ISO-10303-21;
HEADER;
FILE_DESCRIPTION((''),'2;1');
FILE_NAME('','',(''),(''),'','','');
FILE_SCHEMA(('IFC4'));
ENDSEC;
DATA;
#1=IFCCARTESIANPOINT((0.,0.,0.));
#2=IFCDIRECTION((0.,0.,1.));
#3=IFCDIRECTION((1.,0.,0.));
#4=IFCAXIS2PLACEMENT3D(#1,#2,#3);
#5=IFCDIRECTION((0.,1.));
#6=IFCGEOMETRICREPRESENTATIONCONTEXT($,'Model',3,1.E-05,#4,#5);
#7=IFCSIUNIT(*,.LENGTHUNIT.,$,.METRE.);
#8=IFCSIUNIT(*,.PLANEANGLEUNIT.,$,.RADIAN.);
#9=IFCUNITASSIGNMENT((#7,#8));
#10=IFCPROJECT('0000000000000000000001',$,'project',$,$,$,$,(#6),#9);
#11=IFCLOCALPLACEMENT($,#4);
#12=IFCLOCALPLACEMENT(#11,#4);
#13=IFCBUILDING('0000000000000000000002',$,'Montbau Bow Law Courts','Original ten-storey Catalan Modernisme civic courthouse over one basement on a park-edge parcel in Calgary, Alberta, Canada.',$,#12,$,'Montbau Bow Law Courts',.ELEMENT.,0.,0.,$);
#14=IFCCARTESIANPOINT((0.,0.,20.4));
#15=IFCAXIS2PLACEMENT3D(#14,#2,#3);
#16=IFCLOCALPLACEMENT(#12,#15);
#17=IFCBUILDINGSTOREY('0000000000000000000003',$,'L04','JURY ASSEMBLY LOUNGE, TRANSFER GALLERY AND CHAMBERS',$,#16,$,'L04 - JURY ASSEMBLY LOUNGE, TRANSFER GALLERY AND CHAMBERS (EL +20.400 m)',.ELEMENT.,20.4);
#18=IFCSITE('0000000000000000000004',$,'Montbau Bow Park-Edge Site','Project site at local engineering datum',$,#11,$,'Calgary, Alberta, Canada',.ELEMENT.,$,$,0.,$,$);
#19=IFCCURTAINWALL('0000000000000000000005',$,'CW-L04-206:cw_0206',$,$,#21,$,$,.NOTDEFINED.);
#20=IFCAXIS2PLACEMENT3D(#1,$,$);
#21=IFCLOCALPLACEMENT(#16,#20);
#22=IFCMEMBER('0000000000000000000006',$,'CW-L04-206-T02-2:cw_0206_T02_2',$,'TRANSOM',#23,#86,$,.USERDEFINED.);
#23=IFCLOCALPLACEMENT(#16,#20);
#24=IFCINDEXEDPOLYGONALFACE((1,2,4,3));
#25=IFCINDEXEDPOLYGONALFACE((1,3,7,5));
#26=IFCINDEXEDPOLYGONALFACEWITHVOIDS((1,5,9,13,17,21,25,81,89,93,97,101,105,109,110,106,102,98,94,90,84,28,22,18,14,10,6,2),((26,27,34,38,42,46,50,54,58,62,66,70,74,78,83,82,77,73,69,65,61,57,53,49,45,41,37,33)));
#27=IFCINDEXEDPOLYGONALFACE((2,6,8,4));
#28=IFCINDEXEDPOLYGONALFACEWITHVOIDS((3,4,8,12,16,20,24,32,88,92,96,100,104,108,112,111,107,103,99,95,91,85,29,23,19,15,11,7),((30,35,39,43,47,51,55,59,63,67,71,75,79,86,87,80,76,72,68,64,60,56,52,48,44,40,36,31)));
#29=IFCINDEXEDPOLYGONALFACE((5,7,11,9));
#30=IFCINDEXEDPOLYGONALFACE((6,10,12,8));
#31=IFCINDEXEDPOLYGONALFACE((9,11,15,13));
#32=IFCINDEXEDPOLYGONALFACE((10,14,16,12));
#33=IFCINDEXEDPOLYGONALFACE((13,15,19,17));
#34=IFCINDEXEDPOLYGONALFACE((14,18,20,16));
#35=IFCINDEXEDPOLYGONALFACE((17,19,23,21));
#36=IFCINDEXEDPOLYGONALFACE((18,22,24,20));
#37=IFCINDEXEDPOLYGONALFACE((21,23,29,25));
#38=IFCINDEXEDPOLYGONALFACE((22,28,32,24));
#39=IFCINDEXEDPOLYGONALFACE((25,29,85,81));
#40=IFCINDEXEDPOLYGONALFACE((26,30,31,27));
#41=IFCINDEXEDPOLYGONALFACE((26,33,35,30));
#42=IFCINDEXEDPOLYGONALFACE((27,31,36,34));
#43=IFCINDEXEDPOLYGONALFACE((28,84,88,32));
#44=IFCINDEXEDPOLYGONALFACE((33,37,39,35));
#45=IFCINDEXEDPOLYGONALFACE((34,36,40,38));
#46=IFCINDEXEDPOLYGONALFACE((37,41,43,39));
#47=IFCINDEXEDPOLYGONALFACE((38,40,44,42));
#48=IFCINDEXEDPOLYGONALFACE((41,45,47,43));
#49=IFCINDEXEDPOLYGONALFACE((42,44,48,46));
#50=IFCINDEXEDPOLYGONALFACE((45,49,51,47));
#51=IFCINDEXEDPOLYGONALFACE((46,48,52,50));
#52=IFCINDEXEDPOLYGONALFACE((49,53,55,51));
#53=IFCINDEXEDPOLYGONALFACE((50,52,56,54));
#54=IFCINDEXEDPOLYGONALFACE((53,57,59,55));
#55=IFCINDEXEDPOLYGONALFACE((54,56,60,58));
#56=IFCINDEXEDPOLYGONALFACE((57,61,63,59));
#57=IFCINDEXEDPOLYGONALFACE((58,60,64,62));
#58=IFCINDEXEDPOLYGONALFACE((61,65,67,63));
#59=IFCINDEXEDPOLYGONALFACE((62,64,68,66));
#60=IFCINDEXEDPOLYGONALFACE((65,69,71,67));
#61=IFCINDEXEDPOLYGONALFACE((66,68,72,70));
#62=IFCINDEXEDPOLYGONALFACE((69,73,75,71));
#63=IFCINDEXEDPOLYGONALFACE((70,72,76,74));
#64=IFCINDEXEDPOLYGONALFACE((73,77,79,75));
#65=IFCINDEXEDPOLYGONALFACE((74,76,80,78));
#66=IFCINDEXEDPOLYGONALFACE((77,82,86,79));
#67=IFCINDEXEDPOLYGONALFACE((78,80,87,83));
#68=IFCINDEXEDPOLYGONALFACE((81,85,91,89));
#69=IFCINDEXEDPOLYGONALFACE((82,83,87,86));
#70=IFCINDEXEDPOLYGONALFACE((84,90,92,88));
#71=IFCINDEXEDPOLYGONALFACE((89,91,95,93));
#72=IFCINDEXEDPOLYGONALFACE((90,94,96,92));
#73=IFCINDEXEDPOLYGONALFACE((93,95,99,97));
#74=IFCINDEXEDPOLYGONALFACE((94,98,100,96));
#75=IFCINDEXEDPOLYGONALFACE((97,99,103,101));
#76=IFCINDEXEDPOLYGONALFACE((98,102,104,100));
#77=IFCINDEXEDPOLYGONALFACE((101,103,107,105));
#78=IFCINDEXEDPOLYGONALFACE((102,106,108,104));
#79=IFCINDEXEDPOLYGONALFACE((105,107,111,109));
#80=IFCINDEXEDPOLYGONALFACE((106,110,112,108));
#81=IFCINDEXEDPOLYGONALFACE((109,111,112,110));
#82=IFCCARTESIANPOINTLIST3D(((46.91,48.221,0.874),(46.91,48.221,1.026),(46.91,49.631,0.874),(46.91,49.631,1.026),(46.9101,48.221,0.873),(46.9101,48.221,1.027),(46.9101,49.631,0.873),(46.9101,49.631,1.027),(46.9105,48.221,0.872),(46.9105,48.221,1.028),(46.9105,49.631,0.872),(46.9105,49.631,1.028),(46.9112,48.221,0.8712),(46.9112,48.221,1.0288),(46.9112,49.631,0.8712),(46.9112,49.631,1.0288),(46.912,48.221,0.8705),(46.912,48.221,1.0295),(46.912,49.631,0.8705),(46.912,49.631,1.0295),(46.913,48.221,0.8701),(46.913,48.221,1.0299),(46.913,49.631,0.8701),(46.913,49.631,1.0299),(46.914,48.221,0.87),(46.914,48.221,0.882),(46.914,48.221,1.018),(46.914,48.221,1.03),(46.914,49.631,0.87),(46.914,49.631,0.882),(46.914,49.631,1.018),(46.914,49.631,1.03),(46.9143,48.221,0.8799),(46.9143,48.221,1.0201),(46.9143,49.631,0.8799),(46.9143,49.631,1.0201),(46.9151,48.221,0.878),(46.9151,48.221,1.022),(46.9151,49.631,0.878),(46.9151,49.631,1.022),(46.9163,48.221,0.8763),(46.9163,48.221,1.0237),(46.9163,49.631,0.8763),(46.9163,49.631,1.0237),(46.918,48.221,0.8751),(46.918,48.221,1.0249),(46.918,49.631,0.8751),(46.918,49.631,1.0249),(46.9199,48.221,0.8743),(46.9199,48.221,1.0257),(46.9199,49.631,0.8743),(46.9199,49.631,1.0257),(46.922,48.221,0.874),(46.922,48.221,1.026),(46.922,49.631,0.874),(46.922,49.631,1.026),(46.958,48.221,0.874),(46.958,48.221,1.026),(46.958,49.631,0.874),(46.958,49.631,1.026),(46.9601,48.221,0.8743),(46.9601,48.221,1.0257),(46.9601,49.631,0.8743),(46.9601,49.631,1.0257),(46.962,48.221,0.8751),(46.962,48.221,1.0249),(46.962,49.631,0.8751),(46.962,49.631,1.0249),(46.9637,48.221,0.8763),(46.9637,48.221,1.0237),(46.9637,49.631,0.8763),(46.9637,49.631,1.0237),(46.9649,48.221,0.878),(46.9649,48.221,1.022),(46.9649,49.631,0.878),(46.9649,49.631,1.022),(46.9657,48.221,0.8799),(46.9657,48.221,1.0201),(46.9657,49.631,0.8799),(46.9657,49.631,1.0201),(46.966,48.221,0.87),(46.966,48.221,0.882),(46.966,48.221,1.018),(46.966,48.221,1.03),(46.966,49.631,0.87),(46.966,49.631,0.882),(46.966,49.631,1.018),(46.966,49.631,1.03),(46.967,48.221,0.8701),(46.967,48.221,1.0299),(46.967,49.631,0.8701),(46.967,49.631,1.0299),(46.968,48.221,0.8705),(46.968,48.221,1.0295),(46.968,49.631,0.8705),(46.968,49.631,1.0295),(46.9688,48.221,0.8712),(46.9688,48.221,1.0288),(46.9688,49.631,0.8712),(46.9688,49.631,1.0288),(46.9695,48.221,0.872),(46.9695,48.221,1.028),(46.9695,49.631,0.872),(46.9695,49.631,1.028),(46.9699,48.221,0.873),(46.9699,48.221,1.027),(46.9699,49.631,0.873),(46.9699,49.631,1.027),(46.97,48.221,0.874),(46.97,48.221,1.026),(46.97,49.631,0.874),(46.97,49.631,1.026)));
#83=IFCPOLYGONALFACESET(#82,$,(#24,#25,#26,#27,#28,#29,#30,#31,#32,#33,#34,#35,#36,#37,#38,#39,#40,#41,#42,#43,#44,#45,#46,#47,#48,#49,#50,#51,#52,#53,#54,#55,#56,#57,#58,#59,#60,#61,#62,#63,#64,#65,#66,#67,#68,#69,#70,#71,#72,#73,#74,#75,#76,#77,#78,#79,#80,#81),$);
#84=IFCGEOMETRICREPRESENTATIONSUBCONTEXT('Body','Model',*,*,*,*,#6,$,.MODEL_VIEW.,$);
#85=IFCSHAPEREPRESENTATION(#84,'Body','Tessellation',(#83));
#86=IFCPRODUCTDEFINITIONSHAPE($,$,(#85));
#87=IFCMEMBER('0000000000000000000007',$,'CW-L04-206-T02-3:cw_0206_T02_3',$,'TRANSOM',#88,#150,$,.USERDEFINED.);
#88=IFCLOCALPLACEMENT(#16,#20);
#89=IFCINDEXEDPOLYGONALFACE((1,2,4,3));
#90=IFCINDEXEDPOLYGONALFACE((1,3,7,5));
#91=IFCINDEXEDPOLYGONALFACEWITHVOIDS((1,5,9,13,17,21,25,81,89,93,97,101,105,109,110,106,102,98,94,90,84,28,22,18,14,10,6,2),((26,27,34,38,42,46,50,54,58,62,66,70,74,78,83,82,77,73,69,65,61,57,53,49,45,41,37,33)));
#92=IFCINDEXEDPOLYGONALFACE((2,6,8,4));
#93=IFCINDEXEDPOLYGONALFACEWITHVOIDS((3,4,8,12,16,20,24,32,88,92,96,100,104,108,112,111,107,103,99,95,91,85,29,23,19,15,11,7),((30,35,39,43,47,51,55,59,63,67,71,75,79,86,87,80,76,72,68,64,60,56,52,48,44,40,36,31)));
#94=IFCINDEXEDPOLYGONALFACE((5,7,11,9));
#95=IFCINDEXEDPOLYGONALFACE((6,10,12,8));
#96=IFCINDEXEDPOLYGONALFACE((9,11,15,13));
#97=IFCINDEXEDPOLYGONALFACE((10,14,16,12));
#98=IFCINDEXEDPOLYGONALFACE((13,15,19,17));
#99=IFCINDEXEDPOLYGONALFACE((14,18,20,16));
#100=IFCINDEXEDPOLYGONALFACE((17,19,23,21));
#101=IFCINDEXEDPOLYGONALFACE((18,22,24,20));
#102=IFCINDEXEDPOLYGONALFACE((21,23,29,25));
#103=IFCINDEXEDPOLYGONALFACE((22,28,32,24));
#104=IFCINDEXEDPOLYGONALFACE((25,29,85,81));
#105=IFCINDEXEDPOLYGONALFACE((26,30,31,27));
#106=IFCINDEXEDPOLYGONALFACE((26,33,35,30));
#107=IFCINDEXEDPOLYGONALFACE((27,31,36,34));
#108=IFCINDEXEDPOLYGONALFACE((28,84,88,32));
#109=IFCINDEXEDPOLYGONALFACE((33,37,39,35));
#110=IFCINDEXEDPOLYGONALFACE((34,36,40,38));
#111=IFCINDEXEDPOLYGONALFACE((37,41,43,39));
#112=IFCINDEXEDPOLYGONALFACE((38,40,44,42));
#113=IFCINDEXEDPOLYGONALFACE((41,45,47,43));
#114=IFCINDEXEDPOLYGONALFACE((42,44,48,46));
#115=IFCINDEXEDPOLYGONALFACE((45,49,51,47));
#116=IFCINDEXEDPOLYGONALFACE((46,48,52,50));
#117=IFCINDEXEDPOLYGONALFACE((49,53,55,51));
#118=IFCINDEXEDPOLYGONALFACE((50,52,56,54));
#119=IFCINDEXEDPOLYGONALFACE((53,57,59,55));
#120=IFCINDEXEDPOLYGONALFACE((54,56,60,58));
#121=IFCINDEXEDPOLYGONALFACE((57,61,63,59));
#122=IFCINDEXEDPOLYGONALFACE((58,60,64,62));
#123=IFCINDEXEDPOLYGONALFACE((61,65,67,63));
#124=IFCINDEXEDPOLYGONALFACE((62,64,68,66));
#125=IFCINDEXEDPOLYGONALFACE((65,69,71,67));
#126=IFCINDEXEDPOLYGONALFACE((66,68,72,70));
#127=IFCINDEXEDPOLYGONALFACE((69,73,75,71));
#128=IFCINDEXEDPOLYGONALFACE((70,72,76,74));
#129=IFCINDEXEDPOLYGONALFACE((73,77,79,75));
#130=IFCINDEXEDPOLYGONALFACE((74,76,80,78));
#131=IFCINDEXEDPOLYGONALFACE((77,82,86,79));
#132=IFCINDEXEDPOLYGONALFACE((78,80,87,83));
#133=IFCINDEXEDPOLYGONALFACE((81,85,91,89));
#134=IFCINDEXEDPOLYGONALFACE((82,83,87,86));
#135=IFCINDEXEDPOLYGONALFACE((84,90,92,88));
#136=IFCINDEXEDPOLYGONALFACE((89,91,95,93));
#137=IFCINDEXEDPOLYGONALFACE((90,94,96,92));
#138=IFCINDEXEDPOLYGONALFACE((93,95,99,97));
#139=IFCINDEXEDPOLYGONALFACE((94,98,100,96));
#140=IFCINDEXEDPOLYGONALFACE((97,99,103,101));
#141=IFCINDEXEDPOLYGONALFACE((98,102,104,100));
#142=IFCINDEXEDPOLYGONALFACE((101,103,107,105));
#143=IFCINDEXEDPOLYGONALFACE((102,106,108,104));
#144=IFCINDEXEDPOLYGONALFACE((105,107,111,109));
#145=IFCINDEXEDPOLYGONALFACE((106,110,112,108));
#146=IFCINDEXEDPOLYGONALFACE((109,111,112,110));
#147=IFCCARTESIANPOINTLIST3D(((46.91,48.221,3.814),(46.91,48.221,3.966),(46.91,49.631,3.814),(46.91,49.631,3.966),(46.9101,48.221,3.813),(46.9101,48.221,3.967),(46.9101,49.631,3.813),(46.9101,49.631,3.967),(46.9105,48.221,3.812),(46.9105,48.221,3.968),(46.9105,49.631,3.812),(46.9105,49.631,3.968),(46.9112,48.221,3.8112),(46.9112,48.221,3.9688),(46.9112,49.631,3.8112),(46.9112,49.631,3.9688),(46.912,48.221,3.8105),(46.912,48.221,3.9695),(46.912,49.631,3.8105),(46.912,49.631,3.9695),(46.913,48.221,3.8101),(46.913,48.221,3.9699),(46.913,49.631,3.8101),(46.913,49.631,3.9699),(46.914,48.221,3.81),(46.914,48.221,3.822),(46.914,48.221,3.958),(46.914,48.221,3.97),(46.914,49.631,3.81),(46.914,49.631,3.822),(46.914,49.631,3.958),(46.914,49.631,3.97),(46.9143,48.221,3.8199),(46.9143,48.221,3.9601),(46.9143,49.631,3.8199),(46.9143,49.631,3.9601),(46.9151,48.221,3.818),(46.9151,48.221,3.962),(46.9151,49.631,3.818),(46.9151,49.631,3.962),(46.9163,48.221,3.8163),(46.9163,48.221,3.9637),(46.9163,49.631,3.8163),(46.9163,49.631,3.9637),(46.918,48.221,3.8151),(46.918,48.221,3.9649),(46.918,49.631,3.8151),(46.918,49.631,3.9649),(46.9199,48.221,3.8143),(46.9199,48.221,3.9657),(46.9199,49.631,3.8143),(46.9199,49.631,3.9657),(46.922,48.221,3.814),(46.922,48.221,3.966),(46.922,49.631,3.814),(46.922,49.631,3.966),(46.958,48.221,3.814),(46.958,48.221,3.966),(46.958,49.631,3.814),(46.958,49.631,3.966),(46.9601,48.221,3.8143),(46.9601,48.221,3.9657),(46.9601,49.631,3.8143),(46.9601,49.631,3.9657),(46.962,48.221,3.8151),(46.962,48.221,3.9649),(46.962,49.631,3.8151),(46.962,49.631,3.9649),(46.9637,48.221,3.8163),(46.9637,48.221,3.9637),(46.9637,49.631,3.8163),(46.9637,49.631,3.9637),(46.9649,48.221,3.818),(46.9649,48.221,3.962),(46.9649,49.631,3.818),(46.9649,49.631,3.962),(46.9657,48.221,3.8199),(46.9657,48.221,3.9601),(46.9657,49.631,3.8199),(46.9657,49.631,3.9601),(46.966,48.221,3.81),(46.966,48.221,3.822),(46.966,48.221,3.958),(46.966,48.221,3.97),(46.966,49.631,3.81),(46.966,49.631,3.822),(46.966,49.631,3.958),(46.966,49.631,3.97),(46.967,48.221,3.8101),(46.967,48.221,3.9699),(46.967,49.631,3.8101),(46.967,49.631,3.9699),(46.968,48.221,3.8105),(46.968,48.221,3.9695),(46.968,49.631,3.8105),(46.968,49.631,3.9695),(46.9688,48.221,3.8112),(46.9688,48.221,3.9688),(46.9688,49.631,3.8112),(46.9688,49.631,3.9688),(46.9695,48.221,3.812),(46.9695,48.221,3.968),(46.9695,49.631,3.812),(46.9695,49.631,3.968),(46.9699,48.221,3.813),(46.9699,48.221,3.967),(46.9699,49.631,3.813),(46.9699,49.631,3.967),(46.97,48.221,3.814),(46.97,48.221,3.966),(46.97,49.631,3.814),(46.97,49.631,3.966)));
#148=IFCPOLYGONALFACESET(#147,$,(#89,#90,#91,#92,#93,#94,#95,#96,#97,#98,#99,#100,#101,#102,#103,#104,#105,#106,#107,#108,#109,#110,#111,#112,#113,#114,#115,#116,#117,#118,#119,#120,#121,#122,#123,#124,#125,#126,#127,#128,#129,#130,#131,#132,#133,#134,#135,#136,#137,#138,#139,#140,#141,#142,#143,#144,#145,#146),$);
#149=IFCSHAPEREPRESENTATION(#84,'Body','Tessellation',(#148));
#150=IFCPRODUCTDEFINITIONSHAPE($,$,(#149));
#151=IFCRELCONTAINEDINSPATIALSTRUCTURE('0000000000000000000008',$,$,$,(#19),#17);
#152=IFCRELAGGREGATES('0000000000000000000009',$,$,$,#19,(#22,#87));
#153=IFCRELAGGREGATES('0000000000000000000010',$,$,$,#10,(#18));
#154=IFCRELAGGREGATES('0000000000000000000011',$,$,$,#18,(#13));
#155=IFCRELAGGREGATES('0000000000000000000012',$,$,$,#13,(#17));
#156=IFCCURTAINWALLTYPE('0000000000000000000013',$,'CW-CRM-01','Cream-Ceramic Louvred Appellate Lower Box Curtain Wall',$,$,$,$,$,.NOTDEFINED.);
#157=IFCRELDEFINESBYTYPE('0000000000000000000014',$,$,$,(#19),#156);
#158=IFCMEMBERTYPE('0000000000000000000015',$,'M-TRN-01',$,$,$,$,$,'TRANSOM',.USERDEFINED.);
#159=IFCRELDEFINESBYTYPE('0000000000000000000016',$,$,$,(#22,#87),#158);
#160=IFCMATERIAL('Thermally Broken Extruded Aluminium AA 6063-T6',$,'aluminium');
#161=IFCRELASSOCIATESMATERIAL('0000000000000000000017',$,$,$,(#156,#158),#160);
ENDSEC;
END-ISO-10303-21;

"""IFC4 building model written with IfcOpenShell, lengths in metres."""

from ifc_helpers import new_model, si_unit, direction, frame, origin_with_axes, origin_2d_with_axis, place, context, subcontext, project, spatial, hollow_rectangle, extrude, material, material_profile, profile_set, type_object, element, aggregate, save


model = new_model("IFC4")

# Units and contexts
model_context = context("Model", 3, precision=1e-05, world=origin_with_axes(), true_north=direction((0.0, 1.0)))
body_context = subcontext(model_context, "Body", "Model", "MODEL_VIEW")
ifc_project = project(units=[si_unit("LENGTHUNIT", "METRE"), si_unit("PLANEANGLEUNIT", "RADIAN")], contexts=[model_context])

# Site, building, storey
site_placement = place(None, origin_with_axes())
site = spatial("IfcSite", under=ifc_project, at=site_placement, Name="Montbau Bow Park-Edge Site", Description="Project site at local engineering datum", LongName="Calgary, Alberta, Canada", CompositionType="ELEMENT", RefElevation=0.0)
building_placement = place(site_placement, origin_with_axes())
building = spatial("IfcBuilding", under=site, at=building_placement, Name="Montbau Bow Law Courts", Description="Original ten-storey Catalan Modernisme civic courthouse over one basement on a park-edge parcel in Calgary, Alberta, Canada.", LongName="Montbau Bow Law Courts", CompositionType="ELEMENT", ElevationOfRefHeight=0.0, ElevationOfTerrain=0.0)
storey_placement = place(building_placement, frame((0.0, 0.0, 20.4), z_axis=(0.0, 0.0, 1.0), x_axis=(1.0, 0.0, 0.0)))
storey = spatial("IfcBuildingStorey", under=building, at=storey_placement, Name="L04", Description="JURY ASSEMBLY LOUNGE, TRANSFER GALLERY AND CHAMBERS", LongName="L04 - JURY ASSEMBLY LOUNGE, TRANSFER GALLERY AND CHAMBERS (EL +20.400 m)", CompositionType="ELEMENT", Elevation=20.4)

# Curtain wall, members
ifc_material_1 = material(Name="Thermally Broken Extruded Aluminium AA 6063-T6", Category="aluminium")
curtain_wall_type = type_object("IfcCurtainWallType", Name="CW-CRM-01", Description="Cream-Ceramic Louvred Appellate Lower Box Curtain Wall", PredefinedType="NOTDEFINED", material=ifc_material_1)
curtain_wall_1_placement = place(None, frame((46.94, 46.715, 20.4), z_axis=(0.0, 0.0, 1.0), x_axis=(1.0, 0.0, 0.0)))
curtain_wall_1 = element("IfcCurtainWall", 1, at=curtain_wall_1_placement, inside=storey, type_object=curtain_wall_type, Name="CW-L04-206:cw_0206", PredefinedType="NOTDEFINED")
ifc_material_profile_1 = material_profile(ifc_material_1, hollow_rectangle(XDim=0.06, YDim=0.16, WallThickness=0.004, InnerFilletRadius=0.008, OuterFilletRadius=0.004, at=origin_2d_with_axis()), Name="CWT-160X60", Category="Main", Priority=0)
ifc_profile_set_1 = profile_set([ifc_material_profile_1], Name="Thermally Broken Extruded Aluminium AA 6063-T6")
member_type_1 = type_object("IfcMemberType", Name="M-TRN-01", ElementType="TRANSOM", PredefinedType="USERDEFINED", material=ifc_profile_set_1)
member_1_placement = place(None, frame((46.94, 48.221, 21.35), z_axis=(0.0, 1.0, 0.0), x_axis=(-1.0, 0.0, 0.0)))
member_1 = element("IfcMember", 2, at=member_1_placement, type_object=member_type_1, Name="CW-L04-206-T02-2:cw_0206_T02_2", ObjectType="TRANSOM", PredefinedType="USERDEFINED", context=body_context, shape_type="SweptSolid", body=[
    extrude(hollow_rectangle(XDim=0.06, YDim=0.16, WallThickness=0.004, InnerFilletRadius=0.008, OuterFilletRadius=0.004, at=origin_2d_with_axis()), origin_with_axes(), (0.0, 0.0, 1.0), 1.41),
])
member_2_placement = place(None, frame((46.94, 48.221, 24.29), z_axis=(0.0, 1.0, 0.0), x_axis=(-1.0, 0.0, 0.0)))
member_2 = element("IfcMember", 3, at=member_2_placement, type_object=member_type_1, Name="CW-L04-206-T02-3:cw_0206_T02_3", ObjectType="TRANSOM", PredefinedType="USERDEFINED", context=body_context, shape_type="SweptSolid", body=[
    extrude(hollow_rectangle(XDim=0.06, YDim=0.16, WallThickness=0.004, InnerFilletRadius=0.008, OuterFilletRadius=0.004, at=origin_2d_with_axis()), origin_with_axes(), (0.0, 0.0, 1.0), 1.41),
])

aggregate(curtain_wall_1, [member_1, member_2])

save(model, "model.ifc")
